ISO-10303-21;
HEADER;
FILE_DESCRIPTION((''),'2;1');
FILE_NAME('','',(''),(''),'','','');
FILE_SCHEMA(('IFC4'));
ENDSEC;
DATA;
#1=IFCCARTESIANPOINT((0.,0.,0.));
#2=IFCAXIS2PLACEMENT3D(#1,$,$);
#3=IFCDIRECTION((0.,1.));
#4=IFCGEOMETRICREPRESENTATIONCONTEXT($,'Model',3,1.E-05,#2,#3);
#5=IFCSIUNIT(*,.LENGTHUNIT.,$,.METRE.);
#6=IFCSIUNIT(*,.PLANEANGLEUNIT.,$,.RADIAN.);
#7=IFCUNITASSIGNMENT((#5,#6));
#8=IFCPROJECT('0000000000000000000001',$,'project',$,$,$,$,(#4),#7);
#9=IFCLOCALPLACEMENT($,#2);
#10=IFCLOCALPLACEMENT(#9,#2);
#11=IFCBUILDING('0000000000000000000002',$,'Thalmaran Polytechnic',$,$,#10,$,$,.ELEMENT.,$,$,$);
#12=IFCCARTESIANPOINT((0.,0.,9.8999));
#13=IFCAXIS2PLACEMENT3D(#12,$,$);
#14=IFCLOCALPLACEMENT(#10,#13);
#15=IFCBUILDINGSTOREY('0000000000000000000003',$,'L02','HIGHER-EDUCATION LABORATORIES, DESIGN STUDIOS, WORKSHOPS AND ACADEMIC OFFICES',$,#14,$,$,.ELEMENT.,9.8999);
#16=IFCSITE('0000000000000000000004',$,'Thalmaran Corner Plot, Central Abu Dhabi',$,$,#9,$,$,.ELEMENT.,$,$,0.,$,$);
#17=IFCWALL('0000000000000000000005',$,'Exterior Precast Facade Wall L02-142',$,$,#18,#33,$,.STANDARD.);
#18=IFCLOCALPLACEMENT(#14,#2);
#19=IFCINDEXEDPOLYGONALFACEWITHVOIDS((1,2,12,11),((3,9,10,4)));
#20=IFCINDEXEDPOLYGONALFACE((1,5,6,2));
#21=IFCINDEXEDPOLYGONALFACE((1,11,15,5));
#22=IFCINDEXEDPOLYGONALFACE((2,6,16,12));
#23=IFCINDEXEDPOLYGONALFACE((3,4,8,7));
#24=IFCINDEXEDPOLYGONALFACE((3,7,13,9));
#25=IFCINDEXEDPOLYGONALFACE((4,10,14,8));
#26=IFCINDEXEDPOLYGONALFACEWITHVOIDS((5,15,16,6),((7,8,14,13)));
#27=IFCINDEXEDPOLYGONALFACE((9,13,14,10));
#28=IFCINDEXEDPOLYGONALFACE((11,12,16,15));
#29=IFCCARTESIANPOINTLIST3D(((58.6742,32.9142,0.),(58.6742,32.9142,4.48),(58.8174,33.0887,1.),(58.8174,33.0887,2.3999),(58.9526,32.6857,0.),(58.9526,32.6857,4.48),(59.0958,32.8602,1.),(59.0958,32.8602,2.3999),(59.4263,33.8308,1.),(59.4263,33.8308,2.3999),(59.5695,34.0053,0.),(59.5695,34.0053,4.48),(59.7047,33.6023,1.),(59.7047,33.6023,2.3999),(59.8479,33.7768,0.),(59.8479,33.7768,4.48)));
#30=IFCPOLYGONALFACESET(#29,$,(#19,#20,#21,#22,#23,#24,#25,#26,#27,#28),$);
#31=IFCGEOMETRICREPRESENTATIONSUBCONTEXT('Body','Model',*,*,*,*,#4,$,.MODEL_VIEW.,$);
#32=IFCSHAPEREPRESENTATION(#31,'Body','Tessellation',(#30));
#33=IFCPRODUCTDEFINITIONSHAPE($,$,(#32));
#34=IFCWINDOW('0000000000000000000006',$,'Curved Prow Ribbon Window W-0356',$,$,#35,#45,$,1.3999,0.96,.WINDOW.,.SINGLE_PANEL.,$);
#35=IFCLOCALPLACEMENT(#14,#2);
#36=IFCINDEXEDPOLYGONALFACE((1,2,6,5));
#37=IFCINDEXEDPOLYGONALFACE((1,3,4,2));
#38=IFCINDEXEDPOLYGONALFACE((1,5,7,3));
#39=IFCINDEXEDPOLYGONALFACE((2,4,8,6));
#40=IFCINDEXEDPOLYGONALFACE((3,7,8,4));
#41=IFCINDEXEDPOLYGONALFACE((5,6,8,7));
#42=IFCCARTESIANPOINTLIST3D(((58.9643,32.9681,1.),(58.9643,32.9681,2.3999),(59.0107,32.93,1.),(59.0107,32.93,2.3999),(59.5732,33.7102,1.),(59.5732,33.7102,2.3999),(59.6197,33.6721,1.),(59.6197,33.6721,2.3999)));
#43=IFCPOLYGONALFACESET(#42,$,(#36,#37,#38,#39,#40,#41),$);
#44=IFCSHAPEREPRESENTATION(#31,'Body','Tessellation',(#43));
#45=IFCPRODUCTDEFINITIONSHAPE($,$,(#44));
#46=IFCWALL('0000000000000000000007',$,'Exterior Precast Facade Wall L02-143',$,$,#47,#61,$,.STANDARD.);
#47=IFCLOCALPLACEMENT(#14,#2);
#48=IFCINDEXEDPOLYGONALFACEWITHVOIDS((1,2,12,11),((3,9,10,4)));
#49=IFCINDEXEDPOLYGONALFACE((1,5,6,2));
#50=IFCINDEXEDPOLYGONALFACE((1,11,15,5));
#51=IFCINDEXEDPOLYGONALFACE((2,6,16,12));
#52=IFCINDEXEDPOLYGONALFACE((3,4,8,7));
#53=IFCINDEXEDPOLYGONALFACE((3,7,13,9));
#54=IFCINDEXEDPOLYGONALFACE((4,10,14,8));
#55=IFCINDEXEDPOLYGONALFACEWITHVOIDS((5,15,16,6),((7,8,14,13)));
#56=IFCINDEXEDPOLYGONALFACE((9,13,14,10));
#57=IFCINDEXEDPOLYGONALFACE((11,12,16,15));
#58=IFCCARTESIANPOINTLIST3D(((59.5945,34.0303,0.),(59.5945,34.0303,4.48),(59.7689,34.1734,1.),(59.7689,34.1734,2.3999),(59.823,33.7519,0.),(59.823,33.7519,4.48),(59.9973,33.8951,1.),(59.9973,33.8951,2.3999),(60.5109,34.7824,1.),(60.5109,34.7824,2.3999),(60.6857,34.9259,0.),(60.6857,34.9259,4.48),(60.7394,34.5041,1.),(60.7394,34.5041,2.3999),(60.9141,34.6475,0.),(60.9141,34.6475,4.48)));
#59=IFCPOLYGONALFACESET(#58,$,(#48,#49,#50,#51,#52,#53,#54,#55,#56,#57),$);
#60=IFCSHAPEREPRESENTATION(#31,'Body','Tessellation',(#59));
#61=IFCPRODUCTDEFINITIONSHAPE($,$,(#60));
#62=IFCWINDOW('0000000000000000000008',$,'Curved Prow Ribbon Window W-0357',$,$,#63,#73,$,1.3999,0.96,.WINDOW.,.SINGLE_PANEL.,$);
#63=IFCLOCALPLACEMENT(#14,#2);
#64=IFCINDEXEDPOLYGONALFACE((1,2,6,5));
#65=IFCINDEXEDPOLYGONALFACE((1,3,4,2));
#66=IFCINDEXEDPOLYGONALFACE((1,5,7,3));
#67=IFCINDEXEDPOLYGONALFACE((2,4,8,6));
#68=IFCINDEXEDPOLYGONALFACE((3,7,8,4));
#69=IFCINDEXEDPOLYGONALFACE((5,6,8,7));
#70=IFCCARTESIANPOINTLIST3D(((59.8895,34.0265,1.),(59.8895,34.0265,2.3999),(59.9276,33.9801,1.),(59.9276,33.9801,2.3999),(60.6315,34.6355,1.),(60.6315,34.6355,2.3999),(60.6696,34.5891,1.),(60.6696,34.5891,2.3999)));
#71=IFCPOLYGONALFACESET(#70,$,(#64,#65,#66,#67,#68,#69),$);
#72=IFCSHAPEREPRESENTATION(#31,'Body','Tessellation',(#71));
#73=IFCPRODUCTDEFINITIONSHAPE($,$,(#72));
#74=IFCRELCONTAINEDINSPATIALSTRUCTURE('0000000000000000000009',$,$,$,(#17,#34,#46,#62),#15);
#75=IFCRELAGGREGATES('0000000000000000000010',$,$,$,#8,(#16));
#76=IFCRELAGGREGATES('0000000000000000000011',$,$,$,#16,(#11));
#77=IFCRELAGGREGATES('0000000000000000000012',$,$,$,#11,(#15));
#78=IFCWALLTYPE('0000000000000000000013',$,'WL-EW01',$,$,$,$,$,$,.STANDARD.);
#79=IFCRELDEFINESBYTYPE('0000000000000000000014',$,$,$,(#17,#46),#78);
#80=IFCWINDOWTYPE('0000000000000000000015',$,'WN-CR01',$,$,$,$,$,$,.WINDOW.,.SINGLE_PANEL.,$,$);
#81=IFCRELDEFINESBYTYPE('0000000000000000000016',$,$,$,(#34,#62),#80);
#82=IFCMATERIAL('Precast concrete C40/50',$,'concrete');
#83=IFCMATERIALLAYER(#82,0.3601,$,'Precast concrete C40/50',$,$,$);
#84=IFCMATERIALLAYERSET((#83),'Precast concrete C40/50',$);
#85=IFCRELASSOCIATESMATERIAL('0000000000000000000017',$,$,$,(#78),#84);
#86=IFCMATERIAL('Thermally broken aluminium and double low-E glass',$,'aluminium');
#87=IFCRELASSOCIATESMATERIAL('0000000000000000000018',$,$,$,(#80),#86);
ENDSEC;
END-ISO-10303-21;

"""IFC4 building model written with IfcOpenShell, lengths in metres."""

from ifc_helpers import new_model, si_unit, direction, frame, frame_2d, origin, place, context, subcontext, project, spatial, rectangle, extrude, material, layer, layer_set, type_object, element, fill, save


model = new_model("IFC4")

# Units and contexts
model_context = context("Model", 3, precision=1e-05, world=origin(), true_north=direction((0.0, 1.0)))
body_context = subcontext(model_context, "Body", "Model", "MODEL_VIEW")
ifc_project = project(units=[si_unit("LENGTHUNIT", "METRE"), si_unit("PLANEANGLEUNIT", "RADIAN")], contexts=[model_context])

# Site, building, storey
site_placement = place(None, origin())
site = spatial("IfcSite", under=ifc_project, at=site_placement, Name="Thalmaran Corner Plot, Central Abu Dhabi", CompositionType="ELEMENT", RefElevation=0.0)
building_placement = place(site_placement, origin())
building = spatial("IfcBuilding", under=site, at=building_placement, Name="Thalmaran Polytechnic", CompositionType="ELEMENT")
storey_placement = place(building_placement, frame((0.0, 0.0, 9.8999)))
storey = spatial("IfcBuildingStorey", under=building, at=storey_placement, Name="L02", Description="HIGHER-EDUCATION LABORATORIES, DESIGN STUDIOS, WORKSHOPS AND ACADEMIC OFFICES", CompositionType="ELEMENT", Elevation=9.8999)

# Walls, openings, windows
ifc_material_1 = material(Name="Precast concrete C40/50", Category="concrete")
ifc_layer_1 = layer(ifc_material_1, 0.3601, Name="Precast concrete C40/50")
ifc_layer_set_1 = layer_set([ifc_layer_1], Name="Precast concrete C40/50")
wall_type = type_object("IfcWallType", Name="WL-EW01", PredefinedType="STANDARD", material=ifc_layer_set_1)
wall_1_placement = place(storey_placement, frame((58.8135, 32.8, 0.0), z_axis=(0.0, 0.0, 1.0), x_axis=(0.63433, 0.773062, 0.0)))
wall_1 = element("IfcWall", 1, at=wall_1_placement, inside=storey, type_object=wall_type, Name="Exterior Precast Facade Wall L02-142", PredefinedType="STANDARD", context=body_context, shape_type="SweptSolid", body=[
    extrude(rectangle(XDim=1.4114, YDim=0.3601, at=frame_2d((0.7056, 0.0))), origin(), (0.0, 0.0, 1.0), 4.48),
])
opening_1_placement = place(wall_1_placement, frame((0.2256, 0.0, 1.0)))
opening_1 = element("IfcOpeningElement", 2, at=opening_1_placement, cuts=wall_1, PredefinedType="OPENING", context=body_context, shape_type="SweptSolid", body=[
    extrude(rectangle(XDim=0.96, YDim=1.3999, at=frame_2d((0.48, 0.7))), frame((0.0, 0.1899, 0.0), z_axis=(0.0, -1.0, 0.0), x_axis=(1.0, 0.0, 0.0)), (0.0, 0.0, 1.0), 0.3801),
])
ifc_material_2 = material(Name="Thermally broken aluminium and double low-E glass", Category="aluminium")
window_type = type_object("IfcWindowType", Name="WN-CR01", PartitioningType="SINGLE_PANEL", PredefinedType="WINDOW", material=ifc_material_2)
window_1_placement = place(opening_1_placement, origin())
window_1 = element("IfcWindow", 3, at=window_1_placement, inside=storey, type_object=window_type, Name="Curved Prow Ribbon Window W-0356", OverallHeight=1.3999, OverallWidth=0.96, PartitioningType="SINGLE_PANEL", PredefinedType="WINDOW", context=body_context, shape_type="SweptSolid", body=[
    extrude(rectangle(XDim=0.96, YDim=1.3999, at=frame_2d((0.48, 0.7))), frame((0.0, -0.01, 0.0), z_axis=(0.0, -1.0, 0.0), x_axis=(1.0, 0.0, 0.0)), (0.0, 0.0, 1.0), 0.0601),
])
fill(opening_1, window_1)
wall_2_placement = place(storey_placement, frame((59.7087, 33.8911, 0.0), z_axis=(0.0, 0.0, 1.0), x_axis=(0.772978, 0.634433, 0.0)))
wall_2 = element("IfcWall", 4, at=wall_2_placement, inside=storey, type_object=wall_type, Name="Exterior Precast Facade Wall L02-143", PredefinedType="STANDARD", context=body_context, shape_type="SweptSolid", body=[
    extrude(rectangle(XDim=1.4116, YDim=0.3601, at=frame_2d((0.7058, 0.0))), origin(), (0.0, 0.0, 1.0), 4.48),
])
opening_2_placement = place(wall_2_placement, frame((0.2256, 0.0, 1.0)))
opening_2 = element("IfcOpeningElement", 5, at=opening_2_placement, cuts=wall_2, PredefinedType="OPENING", context=body_context, shape_type="SweptSolid", body=[
    extrude(rectangle(XDim=0.96, YDim=1.3999, at=frame_2d((0.48, 0.7))), frame((0.0, 0.1899, 0.0), z_axis=(0.0, -1.0, 0.0), x_axis=(1.0, 0.0, 0.0)), (0.0, 0.0, 1.0), 0.3801),
])
window_2_placement = place(opening_2_placement, origin())
window_2 = element("IfcWindow", 6, at=window_2_placement, inside=storey, type_object=window_type, Name="Curved Prow Ribbon Window W-0357", OverallHeight=1.3999, OverallWidth=0.96, PartitioningType="SINGLE_PANEL", PredefinedType="WINDOW", context=body_context, shape_type="SweptSolid", body=[
    extrude(rectangle(XDim=0.96, YDim=1.3999, at=frame_2d((0.48, 0.7))), frame((0.0, -0.01, 0.0), z_axis=(0.0, -1.0, 0.0), x_axis=(1.0, 0.0, 0.0)), (0.0, 0.0, 1.0), 0.0601),
])
fill(opening_2, window_2)

save(model, "model.ifc")
